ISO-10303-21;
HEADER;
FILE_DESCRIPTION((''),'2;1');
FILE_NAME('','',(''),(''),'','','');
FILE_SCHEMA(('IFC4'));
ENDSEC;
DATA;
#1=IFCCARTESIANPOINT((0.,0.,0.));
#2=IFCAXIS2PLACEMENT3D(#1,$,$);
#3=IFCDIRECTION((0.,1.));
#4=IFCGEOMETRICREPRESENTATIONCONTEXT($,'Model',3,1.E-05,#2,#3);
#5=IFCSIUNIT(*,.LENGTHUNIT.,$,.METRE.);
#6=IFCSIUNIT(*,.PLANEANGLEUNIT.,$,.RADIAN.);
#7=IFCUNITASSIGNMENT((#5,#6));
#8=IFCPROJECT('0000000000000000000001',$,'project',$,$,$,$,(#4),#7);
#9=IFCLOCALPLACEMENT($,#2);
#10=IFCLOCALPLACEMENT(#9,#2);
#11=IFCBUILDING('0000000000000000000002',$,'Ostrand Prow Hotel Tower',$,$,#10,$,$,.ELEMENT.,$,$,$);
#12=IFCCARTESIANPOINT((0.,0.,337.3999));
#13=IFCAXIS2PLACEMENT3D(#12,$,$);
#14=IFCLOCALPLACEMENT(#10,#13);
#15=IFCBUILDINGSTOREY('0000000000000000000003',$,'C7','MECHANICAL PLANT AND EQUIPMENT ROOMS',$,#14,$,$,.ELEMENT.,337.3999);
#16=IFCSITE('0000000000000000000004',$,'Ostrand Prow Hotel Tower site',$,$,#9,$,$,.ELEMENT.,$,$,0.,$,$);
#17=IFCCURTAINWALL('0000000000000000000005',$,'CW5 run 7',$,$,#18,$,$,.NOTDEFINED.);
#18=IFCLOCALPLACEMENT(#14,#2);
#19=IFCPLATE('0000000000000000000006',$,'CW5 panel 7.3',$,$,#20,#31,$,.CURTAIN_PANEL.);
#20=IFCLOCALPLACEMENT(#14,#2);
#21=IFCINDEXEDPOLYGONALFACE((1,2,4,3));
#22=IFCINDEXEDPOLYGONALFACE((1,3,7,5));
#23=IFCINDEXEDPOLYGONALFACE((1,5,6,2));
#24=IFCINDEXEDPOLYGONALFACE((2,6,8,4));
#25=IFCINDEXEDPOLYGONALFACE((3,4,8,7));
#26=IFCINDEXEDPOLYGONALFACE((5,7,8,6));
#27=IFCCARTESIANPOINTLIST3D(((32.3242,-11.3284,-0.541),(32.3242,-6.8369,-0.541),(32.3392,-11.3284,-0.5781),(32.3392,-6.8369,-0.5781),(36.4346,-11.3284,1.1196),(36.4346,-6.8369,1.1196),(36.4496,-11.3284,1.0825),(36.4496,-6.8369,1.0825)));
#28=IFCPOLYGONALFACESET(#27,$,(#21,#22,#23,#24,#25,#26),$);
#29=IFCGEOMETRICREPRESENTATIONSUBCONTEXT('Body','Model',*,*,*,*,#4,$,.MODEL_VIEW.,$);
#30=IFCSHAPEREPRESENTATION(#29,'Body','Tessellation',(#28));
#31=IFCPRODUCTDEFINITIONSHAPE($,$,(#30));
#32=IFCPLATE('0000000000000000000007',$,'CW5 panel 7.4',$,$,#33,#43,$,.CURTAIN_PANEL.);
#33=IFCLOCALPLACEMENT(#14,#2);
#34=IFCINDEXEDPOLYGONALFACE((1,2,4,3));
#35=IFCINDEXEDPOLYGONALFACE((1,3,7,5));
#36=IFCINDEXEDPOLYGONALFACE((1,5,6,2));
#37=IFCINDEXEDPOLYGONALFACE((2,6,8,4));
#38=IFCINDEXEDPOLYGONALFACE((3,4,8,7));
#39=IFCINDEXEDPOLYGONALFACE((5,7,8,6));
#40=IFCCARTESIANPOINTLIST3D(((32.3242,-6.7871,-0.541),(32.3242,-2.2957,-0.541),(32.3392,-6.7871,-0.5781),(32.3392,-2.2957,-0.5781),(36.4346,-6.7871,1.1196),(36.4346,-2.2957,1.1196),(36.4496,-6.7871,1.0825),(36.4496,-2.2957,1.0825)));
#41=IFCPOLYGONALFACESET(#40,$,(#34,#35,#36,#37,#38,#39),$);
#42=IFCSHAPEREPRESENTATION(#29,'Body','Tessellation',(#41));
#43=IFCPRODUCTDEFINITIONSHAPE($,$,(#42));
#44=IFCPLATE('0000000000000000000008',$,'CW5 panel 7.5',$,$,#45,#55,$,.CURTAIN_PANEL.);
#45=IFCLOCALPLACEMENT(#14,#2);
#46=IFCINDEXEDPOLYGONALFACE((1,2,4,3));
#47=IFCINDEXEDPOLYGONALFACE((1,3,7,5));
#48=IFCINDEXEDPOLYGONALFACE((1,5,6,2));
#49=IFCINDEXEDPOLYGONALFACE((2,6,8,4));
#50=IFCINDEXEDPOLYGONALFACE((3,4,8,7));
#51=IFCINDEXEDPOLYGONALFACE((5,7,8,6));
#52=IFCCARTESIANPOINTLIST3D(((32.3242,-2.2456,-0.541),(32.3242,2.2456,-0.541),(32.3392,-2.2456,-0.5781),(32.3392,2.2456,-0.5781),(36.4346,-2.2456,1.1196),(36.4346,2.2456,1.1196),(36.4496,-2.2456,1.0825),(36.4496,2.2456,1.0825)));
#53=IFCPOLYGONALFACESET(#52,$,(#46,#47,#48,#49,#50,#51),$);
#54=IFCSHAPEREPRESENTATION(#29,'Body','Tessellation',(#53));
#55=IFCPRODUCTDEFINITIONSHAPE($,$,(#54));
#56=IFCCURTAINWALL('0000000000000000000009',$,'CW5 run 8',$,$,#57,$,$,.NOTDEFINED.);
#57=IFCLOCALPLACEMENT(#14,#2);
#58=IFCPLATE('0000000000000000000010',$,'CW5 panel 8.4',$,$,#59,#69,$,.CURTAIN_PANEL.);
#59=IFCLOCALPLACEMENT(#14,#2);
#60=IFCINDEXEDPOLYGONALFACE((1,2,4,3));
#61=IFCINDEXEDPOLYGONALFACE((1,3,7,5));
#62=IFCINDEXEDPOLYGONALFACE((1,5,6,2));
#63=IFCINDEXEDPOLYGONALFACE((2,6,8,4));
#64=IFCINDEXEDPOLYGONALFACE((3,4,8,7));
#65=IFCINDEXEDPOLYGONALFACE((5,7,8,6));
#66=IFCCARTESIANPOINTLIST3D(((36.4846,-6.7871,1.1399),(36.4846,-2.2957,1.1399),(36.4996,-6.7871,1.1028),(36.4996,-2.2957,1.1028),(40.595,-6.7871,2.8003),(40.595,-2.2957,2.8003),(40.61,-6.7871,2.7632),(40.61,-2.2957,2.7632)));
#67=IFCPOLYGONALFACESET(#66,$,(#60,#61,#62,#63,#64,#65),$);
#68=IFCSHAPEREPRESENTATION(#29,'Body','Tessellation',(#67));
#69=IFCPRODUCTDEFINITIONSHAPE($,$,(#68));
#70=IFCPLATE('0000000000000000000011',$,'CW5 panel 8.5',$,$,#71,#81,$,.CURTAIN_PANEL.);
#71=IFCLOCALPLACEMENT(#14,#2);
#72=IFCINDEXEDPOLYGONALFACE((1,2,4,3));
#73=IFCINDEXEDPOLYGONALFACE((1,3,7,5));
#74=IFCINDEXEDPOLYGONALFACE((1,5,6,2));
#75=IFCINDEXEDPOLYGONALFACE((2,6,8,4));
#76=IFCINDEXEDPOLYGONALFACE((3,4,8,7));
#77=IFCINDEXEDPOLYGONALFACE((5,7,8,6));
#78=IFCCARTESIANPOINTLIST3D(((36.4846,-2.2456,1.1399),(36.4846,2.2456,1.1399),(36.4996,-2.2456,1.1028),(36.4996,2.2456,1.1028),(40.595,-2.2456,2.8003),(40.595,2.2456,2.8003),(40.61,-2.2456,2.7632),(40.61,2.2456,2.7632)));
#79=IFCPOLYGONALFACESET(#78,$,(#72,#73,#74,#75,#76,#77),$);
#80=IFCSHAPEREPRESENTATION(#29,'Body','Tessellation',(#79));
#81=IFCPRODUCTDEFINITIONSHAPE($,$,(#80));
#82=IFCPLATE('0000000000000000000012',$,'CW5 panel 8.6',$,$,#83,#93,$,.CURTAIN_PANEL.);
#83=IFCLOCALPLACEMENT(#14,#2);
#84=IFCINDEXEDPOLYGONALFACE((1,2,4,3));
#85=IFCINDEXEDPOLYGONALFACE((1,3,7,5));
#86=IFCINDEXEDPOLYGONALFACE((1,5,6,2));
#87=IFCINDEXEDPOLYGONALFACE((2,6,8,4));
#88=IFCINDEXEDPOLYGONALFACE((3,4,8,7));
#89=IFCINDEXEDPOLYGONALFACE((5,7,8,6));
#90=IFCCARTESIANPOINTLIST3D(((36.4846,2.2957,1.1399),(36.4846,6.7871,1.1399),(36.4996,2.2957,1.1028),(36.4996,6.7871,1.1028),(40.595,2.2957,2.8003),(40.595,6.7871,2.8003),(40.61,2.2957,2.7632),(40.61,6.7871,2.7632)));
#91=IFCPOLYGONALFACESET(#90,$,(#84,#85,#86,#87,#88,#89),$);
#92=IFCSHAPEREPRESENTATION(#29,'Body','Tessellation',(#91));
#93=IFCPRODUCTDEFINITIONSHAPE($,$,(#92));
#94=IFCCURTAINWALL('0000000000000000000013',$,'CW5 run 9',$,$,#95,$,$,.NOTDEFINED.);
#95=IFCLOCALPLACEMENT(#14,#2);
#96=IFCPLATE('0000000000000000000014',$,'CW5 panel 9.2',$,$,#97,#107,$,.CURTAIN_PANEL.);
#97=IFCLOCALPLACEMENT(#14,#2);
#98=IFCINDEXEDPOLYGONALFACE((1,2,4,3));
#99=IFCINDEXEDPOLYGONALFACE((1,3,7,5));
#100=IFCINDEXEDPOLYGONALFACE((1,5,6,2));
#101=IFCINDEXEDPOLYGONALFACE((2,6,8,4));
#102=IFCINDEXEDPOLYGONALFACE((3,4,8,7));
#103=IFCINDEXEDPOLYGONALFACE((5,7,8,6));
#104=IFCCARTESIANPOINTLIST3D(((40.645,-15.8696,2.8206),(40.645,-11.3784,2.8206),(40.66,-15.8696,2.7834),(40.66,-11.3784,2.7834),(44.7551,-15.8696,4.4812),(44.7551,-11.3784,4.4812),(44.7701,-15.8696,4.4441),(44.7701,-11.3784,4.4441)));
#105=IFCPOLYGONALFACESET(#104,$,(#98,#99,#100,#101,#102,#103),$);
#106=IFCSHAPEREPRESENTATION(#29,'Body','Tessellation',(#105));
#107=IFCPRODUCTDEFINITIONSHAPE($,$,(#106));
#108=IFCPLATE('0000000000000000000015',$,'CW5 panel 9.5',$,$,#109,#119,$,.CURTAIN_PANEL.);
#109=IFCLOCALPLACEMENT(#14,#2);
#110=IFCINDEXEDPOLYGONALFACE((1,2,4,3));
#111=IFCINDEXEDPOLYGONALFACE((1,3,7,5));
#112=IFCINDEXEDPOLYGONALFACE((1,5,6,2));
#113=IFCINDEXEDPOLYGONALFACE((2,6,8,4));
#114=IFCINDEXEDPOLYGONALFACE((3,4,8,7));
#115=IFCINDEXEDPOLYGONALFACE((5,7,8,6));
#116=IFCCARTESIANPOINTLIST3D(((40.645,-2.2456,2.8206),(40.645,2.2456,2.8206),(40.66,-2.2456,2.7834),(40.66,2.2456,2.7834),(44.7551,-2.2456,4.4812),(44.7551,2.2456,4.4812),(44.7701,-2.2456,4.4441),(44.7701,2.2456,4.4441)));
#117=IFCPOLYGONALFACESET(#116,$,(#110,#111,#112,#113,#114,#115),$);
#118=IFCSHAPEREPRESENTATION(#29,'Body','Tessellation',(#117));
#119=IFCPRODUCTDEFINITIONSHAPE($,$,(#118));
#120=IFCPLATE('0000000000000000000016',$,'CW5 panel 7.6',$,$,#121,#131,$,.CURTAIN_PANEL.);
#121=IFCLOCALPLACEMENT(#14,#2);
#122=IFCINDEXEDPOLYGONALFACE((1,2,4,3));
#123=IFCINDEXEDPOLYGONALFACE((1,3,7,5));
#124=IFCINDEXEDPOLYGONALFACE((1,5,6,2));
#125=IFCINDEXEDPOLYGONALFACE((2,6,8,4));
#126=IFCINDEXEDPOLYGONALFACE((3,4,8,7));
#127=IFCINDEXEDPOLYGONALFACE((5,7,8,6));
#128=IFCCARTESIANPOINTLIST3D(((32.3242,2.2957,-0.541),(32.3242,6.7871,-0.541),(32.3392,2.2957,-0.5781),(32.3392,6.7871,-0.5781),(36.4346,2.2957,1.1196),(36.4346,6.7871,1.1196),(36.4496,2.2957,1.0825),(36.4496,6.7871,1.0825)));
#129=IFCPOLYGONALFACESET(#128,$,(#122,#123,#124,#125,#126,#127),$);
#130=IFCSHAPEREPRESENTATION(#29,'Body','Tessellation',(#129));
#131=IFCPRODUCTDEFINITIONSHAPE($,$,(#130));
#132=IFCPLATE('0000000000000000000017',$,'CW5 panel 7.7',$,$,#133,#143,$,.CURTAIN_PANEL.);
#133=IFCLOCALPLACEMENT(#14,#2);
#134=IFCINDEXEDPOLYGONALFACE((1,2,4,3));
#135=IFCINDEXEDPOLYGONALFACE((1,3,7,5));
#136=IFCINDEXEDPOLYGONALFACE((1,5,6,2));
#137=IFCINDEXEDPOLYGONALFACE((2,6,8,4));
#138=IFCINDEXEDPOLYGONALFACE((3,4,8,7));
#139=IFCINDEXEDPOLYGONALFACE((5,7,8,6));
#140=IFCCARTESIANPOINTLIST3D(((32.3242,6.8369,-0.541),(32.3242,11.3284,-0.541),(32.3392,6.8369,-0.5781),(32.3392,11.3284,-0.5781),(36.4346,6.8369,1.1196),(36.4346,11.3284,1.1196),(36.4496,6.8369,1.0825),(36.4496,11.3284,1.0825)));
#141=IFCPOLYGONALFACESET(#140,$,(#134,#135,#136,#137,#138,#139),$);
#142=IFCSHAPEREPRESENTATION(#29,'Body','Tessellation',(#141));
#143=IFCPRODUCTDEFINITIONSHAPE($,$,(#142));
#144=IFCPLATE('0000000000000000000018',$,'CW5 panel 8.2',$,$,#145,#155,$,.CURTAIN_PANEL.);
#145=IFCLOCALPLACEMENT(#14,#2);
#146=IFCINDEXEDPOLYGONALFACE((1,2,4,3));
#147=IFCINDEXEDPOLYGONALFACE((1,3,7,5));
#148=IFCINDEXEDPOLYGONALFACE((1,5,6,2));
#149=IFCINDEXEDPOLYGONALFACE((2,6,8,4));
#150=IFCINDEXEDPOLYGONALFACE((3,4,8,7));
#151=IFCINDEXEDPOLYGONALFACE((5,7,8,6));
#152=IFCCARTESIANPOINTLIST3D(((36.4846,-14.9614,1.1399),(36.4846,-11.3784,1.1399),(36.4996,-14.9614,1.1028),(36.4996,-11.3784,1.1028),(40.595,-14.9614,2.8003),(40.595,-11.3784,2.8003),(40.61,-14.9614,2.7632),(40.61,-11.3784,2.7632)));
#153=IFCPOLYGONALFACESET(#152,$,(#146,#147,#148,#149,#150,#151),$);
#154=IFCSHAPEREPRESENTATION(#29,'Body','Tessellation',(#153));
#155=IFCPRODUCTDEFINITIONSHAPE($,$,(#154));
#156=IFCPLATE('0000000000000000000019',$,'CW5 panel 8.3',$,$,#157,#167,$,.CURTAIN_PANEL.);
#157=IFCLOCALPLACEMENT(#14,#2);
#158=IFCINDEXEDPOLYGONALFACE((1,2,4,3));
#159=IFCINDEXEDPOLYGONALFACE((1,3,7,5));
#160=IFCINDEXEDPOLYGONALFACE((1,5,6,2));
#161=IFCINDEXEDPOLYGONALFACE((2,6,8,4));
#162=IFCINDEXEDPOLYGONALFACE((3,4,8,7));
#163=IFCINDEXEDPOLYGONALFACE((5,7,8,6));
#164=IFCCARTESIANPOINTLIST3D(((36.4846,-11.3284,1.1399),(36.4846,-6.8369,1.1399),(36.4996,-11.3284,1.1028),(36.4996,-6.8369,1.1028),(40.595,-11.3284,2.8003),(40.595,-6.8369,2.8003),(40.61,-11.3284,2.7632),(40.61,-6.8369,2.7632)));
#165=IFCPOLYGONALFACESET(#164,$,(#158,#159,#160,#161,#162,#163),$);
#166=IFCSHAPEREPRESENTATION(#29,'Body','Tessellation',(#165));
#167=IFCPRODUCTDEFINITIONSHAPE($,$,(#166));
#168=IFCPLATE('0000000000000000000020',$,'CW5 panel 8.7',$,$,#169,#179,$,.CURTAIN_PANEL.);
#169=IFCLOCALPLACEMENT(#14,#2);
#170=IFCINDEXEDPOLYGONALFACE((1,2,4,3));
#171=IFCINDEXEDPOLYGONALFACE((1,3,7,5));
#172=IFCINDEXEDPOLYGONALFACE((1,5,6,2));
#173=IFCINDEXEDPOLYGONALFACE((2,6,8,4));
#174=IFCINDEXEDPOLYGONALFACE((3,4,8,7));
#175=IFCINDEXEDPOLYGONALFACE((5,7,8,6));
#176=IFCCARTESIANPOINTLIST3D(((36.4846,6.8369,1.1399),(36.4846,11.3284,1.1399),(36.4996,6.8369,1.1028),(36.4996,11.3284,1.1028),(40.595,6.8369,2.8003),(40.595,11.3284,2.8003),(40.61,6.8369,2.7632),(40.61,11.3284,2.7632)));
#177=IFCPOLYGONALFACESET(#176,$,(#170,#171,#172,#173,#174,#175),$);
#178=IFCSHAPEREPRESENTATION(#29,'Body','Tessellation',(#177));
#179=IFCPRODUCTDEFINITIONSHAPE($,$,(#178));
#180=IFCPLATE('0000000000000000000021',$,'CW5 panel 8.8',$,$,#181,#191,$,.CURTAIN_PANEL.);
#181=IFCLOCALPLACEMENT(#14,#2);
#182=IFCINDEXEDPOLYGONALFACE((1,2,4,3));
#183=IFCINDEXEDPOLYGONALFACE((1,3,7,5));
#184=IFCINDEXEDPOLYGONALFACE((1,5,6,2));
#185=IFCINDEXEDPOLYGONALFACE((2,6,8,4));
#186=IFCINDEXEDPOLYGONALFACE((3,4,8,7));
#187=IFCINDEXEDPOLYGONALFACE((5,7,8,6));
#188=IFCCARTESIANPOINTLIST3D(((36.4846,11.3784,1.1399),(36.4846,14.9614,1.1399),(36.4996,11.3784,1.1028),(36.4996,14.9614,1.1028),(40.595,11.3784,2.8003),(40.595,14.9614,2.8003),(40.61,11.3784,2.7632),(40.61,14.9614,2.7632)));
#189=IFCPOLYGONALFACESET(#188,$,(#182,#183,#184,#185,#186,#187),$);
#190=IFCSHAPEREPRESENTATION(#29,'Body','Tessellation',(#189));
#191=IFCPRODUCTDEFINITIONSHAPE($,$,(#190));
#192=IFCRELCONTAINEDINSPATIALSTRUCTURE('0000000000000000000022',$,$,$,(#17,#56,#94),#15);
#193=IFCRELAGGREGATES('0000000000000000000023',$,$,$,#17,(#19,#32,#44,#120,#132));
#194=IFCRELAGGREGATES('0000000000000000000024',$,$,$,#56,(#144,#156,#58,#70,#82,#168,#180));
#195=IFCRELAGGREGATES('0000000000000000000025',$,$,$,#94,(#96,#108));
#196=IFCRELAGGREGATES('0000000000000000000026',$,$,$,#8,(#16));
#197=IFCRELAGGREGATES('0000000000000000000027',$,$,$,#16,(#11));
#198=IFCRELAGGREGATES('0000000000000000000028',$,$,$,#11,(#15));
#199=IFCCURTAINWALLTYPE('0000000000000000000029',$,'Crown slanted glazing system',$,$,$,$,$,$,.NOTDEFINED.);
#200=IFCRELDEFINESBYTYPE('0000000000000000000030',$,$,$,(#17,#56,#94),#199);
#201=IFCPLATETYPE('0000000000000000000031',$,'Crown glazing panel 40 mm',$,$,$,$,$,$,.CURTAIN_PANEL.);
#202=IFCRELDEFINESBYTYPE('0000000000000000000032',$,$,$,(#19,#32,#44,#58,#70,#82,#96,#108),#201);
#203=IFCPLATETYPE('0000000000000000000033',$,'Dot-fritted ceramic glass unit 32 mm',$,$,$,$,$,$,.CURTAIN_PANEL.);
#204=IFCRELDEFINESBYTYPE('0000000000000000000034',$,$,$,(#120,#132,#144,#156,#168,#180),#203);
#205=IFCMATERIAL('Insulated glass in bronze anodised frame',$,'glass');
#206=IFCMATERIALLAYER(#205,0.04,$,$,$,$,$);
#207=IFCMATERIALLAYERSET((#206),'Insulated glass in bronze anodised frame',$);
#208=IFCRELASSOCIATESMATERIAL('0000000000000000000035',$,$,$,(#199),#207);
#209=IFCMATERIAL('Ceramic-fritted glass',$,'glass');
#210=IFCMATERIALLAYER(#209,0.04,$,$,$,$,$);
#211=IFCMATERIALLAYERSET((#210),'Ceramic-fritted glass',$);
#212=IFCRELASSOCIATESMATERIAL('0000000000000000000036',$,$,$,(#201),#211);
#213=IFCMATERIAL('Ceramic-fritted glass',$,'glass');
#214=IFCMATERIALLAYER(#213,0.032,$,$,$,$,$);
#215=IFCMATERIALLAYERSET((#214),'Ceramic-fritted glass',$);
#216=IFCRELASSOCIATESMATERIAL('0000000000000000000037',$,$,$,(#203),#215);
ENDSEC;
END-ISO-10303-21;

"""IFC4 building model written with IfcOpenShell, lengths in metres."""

from ifc_helpers import new_model, si_unit, direction, frame, origin, place, context, subcontext, project, spatial, polyline, outline, extrude, material, layer, layer_set, type_object, element, aggregate, save


model = new_model("IFC4")

# Units and contexts
model_context = context("Model", 3, precision=1e-05, world=origin(), true_north=direction((0.0, 1.0)))
body_context = subcontext(model_context, "Body", "Model", "MODEL_VIEW")
ifc_project = project(units=[si_unit("LENGTHUNIT", "METRE"), si_unit("PLANEANGLEUNIT", "RADIAN")], contexts=[model_context])

# Site, building, storey
site_placement = place(None, origin())
site = spatial("IfcSite", under=ifc_project, at=site_placement, Name="Ostrand Prow Hotel Tower site", CompositionType="ELEMENT", RefElevation=0.0)
building_placement = place(site_placement, origin())
building = spatial("IfcBuilding", under=site, at=building_placement, Name="Ostrand Prow Hotel Tower", CompositionType="ELEMENT")
storey_placement = place(building_placement, frame((0.0, 0.0, 337.3999)))
storey = spatial("IfcBuildingStorey", under=building, at=storey_placement, Name="C7", Description="MECHANICAL PLANT AND EQUIPMENT ROOMS", CompositionType="ELEMENT", Elevation=337.3999)

# Curtain walls, plates
ifc_material_1 = material(Name="Insulated glass in bronze anodised frame", Category="glass")
ifc_layer_1 = layer(ifc_material_1, 0.04)
ifc_layer_set_1 = layer_set([ifc_layer_1], Name="Insulated glass in bronze anodised frame")
curtain_wall_type = type_object("IfcCurtainWallType", Name="Crown slanted glazing system", PredefinedType="NOTDEFINED", material=ifc_layer_set_1)
curtain_wall_1_placement = place(storey_placement, origin())
curtain_wall_1 = element("IfcCurtainWall", 1, at=curtain_wall_1_placement, inside=storey, type_object=curtain_wall_type, Name="CW5 run 7", PredefinedType="NOTDEFINED")
ifc_material_2 = material(Name="Ceramic-fritted glass", Category="glass")
ifc_layer_2 = layer(ifc_material_2, 0.04)
ifc_layer_set_2 = layer_set([ifc_layer_2], Name="Ceramic-fritted glass")
plate_type_1 = type_object("IfcPlateType", Name="Crown glazing panel 40 mm", PredefinedType="CURTAIN_PANEL", material=ifc_layer_set_2)
plate_1_placement = place(storey_placement, frame((32.3242, -11.3284, -0.541), z_axis=(-0.374598, 0.0, 0.927187), x_axis=(0.927187, 0.0, 0.374598)))
plate_1 = element("IfcPlate", 2, at=plate_1_placement, type_object=plate_type_1, Name="CW5 panel 7.3", PredefinedType="CURTAIN_PANEL", context=body_context, shape_type="SweptSolid", body=[
    extrude(outline(polyline([(0.0, 0.0), (4.4331, 0.0), (4.4331, 4.4915), (0.0, 4.4915), (0.0, 0.0)])), origin(), (0.0, 0.0, -1.0), 0.04),
])
plate_2_placement = place(storey_placement, frame((32.3242, -6.7871, -0.541), z_axis=(-0.374598, 0.0, 0.927187), x_axis=(0.927187, 0.0, 0.374598)))
plate_2 = element("IfcPlate", 3, at=plate_2_placement, type_object=plate_type_1, Name="CW5 panel 7.4", PredefinedType="CURTAIN_PANEL", context=body_context, shape_type="SweptSolid", body=[
    extrude(outline(polyline([(0.0, 0.0), (4.4331, 0.0), (4.4331, 4.4915), (0.0, 4.4915), (0.0, 0.0)])), origin(), (0.0, 0.0, -1.0), 0.04),
])
plate_3_placement = place(storey_placement, frame((32.3242, -2.2456, -0.541), z_axis=(-0.374598, 0.0, 0.927187), x_axis=(0.927187, 0.0, 0.374598)))
plate_3 = element("IfcPlate", 4, at=plate_3_placement, type_object=plate_type_1, Name="CW5 panel 7.5", PredefinedType="CURTAIN_PANEL", context=body_context, shape_type="SweptSolid", body=[
    extrude(outline(polyline([(0.0, 0.0), (4.4331, 0.0), (4.4331, 4.4912), (0.0, 4.4912), (0.0, 0.0)])), origin(), (0.0, 0.0, -1.0), 0.04),
])
curtain_wall_2_placement = place(storey_placement, origin())
curtain_wall_2 = element("IfcCurtainWall", 5, at=curtain_wall_2_placement, inside=storey, type_object=curtain_wall_type, Name="CW5 run 8", PredefinedType="NOTDEFINED")
plate_4_placement = place(storey_placement, frame((36.4846, -6.7871, 1.1399), z_axis=(-0.37455, 0.0, 0.927207), x_axis=(0.927207, 0.0, 0.37455)))
plate_4 = element("IfcPlate", 6, at=plate_4_placement, type_object=plate_type_1, Name="CW5 panel 8.4", PredefinedType="CURTAIN_PANEL", context=body_context, shape_type="SweptSolid", body=[
    extrude(outline(polyline([(0.0, 0.0), (4.433, 0.0), (4.433, 4.4915), (0.0, 4.4915), (0.0, 0.0)])), origin(), (0.0, 0.0, -1.0), 0.04),
])
plate_5_placement = place(storey_placement, frame((36.4846, -2.2456, 1.1399), z_axis=(-0.37455, 0.0, 0.927207), x_axis=(0.927207, 0.0, 0.37455)))
plate_5 = element("IfcPlate", 7, at=plate_5_placement, type_object=plate_type_1, Name="CW5 panel 8.5", PredefinedType="CURTAIN_PANEL", context=body_context, shape_type="SweptSolid", body=[
    extrude(outline(polyline([(0.0, 0.0), (4.433, 0.0), (4.433, 4.4912), (0.0, 4.4912), (0.0, 0.0)])), origin(), (0.0, 0.0, -1.0), 0.04),
])
plate_6_placement = place(storey_placement, frame((36.4846, 2.2957, 1.1399), z_axis=(-0.37455, 0.0, 0.927207), x_axis=(0.927207, 0.0, 0.37455)))
plate_6 = element("IfcPlate", 8, at=plate_6_placement, type_object=plate_type_1, Name="CW5 panel 8.6", PredefinedType="CURTAIN_PANEL", context=body_context, shape_type="SweptSolid", body=[
    extrude(outline(polyline([(0.0, 0.0), (4.433, 0.0), (4.433, 4.4915), (0.0, 4.4915), (0.0, 0.0)])), origin(), (0.0, 0.0, -1.0), 0.04),
])
curtain_wall_3_placement = place(storey_placement, origin())
curtain_wall_3 = element("IfcCurtainWall", 9, at=curtain_wall_3_placement, inside=storey, type_object=curtain_wall_type, Name="CW5 run 9", PredefinedType="NOTDEFINED")
plate_7_placement = place(storey_placement, frame((40.645, -15.8696, 2.8206), z_axis=(-0.374617, 0.0, 0.92718), x_axis=(0.92718, 0.0, 0.374617)))
plate_7 = element("IfcPlate", 10, at=plate_7_placement, type_object=plate_type_1, Name="CW5 panel 9.2", PredefinedType="CURTAIN_PANEL", context=body_context, shape_type="SweptSolid", body=[
    extrude(outline(polyline([(0.0, 0.0), (4.4329, 0.0), (4.4329, 4.4912), (0.0, 4.4912), (0.0, 0.0)])), origin(), (0.0, 0.0, -1.0), 0.04),
])
plate_8_placement = place(storey_placement, frame((40.645, -2.2456, 2.8206), z_axis=(-0.374617, 0.0, 0.92718), x_axis=(0.92718, 0.0, 0.374617)))
plate_8 = element("IfcPlate", 11, at=plate_8_placement, type_object=plate_type_1, Name="CW5 panel 9.5", PredefinedType="CURTAIN_PANEL", context=body_context, shape_type="SweptSolid", body=[
    extrude(outline(polyline([(0.0, 0.0), (4.4329, 0.0), (4.4329, 4.4912), (0.0, 4.4912), (0.0, 0.0)])), origin(), (0.0, 0.0, -1.0), 0.04),
])

# Plates
ifc_material_3 = material(Name="Ceramic-fritted glass", Category="glass")
ifc_layer_3 = layer(ifc_material_3, 0.032)
ifc_layer_set_3 = layer_set([ifc_layer_3], Name="Ceramic-fritted glass")
plate_type_2 = type_object("IfcPlateType", Name="Dot-fritted ceramic glass unit 32 mm", PredefinedType="CURTAIN_PANEL", material=ifc_layer_set_3)
plate_9_placement = place(storey_placement, frame((32.3242, 2.2957, -0.541), z_axis=(-0.374598, 0.0, 0.927187), x_axis=(0.927187, 0.0, 0.374598)))
plate_9 = element("IfcPlate", 12, at=plate_9_placement, type_object=plate_type_2, Name="CW5 panel 7.6", PredefinedType="CURTAIN_PANEL", context=body_context, shape_type="SweptSolid", body=[
    extrude(outline(polyline([(0.0, 0.0), (4.4331, 0.0), (4.4331, 4.4915), (0.0, 4.4915), (0.0, 0.0)])), origin(), (0.0, 0.0, -1.0), 0.04),
])
plate_10_placement = place(storey_placement, frame((32.3242, 6.8369, -0.541), z_axis=(-0.374598, 0.0, 0.927187), x_axis=(0.927187, 0.0, 0.374598)))
plate_10 = element("IfcPlate", 13, at=plate_10_placement, type_object=plate_type_2, Name="CW5 panel 7.7", PredefinedType="CURTAIN_PANEL", context=body_context, shape_type="SweptSolid", body=[
    extrude(outline(polyline([(0.0, 0.0), (4.4331, 0.0), (4.4331, 4.4915), (0.0, 4.4915), (0.0, 0.0)])), origin(), (0.0, 0.0, -1.0), 0.04),
])
aggregate(curtain_wall_1, [plate_1, plate_2, plate_3, plate_9, plate_10])
plate_11_placement = place(storey_placement, frame((40.595, -14.9614, 2.8003), z_axis=(-0.37455, 0.0, 0.927207), x_axis=(0.0, 1.0, 0.0)))
plate_11 = element("IfcPlate", 14, at=plate_11_placement, type_object=plate_type_2, Name="CW5 panel 8.2", PredefinedType="CURTAIN_PANEL", context=body_context, shape_type="SweptSolid", body=[
    extrude(outline(polyline([(0.0, 0.0), (3.583, 0.0), (3.583, 4.433), (0.0, 4.433), (0.0, 0.0)])), origin(), (0.0, 0.0, -1.0), 0.04),
])
plate_12_placement = place(storey_placement, frame((36.4846, -11.3284, 1.1399), z_axis=(-0.37455, 0.0, 0.927207), x_axis=(0.927207, 0.0, 0.37455)))
plate_12 = element("IfcPlate", 15, at=plate_12_placement, type_object=plate_type_2, Name="CW5 panel 8.3", PredefinedType="CURTAIN_PANEL", context=body_context, shape_type="SweptSolid", body=[
    extrude(outline(polyline([(0.0, 0.0), (4.433, 0.0), (4.433, 4.4915), (0.0, 4.4915), (0.0, 0.0)])), origin(), (0.0, 0.0, -1.0), 0.04),
])
plate_13_placement = place(storey_placement, frame((36.4846, 6.8369, 1.1399), z_axis=(-0.37455, 0.0, 0.927207), x_axis=(0.927207, 0.0, 0.37455)))
plate_13 = element("IfcPlate", 16, at=plate_13_placement, type_object=plate_type_2, Name="CW5 panel 8.7", PredefinedType="CURTAIN_PANEL", context=body_context, shape_type="SweptSolid", body=[
    extrude(outline(polyline([(0.0, 0.0), (4.433, 0.0), (4.433, 4.4915), (0.0, 4.4915), (0.0, 0.0)])), origin(), (0.0, 0.0, -1.0), 0.04),
])
plate_14_placement = place(storey_placement, frame((40.595, 11.3784, 2.8003), z_axis=(-0.37455, 0.0, 0.927207), x_axis=(0.0, 1.0, 0.0)))
plate_14 = element("IfcPlate", 17, at=plate_14_placement, type_object=plate_type_2, Name="CW5 panel 8.8", PredefinedType="CURTAIN_PANEL", context=body_context, shape_type="SweptSolid", body=[
    extrude(outline(polyline([(0.0, 0.0), (3.583, 0.0), (3.583, 4.433), (0.0, 4.433), (0.0, 0.0)])), origin(), (0.0, 0.0, -1.0), 0.04),
])
aggregate(curtain_wall_2, [plate_11, plate_12, plate_4, plate_5, plate_6, plate_13, plate_14])
aggregate(curtain_wall_3, [plate_7, plate_8])

save(model, "model.ifc")
